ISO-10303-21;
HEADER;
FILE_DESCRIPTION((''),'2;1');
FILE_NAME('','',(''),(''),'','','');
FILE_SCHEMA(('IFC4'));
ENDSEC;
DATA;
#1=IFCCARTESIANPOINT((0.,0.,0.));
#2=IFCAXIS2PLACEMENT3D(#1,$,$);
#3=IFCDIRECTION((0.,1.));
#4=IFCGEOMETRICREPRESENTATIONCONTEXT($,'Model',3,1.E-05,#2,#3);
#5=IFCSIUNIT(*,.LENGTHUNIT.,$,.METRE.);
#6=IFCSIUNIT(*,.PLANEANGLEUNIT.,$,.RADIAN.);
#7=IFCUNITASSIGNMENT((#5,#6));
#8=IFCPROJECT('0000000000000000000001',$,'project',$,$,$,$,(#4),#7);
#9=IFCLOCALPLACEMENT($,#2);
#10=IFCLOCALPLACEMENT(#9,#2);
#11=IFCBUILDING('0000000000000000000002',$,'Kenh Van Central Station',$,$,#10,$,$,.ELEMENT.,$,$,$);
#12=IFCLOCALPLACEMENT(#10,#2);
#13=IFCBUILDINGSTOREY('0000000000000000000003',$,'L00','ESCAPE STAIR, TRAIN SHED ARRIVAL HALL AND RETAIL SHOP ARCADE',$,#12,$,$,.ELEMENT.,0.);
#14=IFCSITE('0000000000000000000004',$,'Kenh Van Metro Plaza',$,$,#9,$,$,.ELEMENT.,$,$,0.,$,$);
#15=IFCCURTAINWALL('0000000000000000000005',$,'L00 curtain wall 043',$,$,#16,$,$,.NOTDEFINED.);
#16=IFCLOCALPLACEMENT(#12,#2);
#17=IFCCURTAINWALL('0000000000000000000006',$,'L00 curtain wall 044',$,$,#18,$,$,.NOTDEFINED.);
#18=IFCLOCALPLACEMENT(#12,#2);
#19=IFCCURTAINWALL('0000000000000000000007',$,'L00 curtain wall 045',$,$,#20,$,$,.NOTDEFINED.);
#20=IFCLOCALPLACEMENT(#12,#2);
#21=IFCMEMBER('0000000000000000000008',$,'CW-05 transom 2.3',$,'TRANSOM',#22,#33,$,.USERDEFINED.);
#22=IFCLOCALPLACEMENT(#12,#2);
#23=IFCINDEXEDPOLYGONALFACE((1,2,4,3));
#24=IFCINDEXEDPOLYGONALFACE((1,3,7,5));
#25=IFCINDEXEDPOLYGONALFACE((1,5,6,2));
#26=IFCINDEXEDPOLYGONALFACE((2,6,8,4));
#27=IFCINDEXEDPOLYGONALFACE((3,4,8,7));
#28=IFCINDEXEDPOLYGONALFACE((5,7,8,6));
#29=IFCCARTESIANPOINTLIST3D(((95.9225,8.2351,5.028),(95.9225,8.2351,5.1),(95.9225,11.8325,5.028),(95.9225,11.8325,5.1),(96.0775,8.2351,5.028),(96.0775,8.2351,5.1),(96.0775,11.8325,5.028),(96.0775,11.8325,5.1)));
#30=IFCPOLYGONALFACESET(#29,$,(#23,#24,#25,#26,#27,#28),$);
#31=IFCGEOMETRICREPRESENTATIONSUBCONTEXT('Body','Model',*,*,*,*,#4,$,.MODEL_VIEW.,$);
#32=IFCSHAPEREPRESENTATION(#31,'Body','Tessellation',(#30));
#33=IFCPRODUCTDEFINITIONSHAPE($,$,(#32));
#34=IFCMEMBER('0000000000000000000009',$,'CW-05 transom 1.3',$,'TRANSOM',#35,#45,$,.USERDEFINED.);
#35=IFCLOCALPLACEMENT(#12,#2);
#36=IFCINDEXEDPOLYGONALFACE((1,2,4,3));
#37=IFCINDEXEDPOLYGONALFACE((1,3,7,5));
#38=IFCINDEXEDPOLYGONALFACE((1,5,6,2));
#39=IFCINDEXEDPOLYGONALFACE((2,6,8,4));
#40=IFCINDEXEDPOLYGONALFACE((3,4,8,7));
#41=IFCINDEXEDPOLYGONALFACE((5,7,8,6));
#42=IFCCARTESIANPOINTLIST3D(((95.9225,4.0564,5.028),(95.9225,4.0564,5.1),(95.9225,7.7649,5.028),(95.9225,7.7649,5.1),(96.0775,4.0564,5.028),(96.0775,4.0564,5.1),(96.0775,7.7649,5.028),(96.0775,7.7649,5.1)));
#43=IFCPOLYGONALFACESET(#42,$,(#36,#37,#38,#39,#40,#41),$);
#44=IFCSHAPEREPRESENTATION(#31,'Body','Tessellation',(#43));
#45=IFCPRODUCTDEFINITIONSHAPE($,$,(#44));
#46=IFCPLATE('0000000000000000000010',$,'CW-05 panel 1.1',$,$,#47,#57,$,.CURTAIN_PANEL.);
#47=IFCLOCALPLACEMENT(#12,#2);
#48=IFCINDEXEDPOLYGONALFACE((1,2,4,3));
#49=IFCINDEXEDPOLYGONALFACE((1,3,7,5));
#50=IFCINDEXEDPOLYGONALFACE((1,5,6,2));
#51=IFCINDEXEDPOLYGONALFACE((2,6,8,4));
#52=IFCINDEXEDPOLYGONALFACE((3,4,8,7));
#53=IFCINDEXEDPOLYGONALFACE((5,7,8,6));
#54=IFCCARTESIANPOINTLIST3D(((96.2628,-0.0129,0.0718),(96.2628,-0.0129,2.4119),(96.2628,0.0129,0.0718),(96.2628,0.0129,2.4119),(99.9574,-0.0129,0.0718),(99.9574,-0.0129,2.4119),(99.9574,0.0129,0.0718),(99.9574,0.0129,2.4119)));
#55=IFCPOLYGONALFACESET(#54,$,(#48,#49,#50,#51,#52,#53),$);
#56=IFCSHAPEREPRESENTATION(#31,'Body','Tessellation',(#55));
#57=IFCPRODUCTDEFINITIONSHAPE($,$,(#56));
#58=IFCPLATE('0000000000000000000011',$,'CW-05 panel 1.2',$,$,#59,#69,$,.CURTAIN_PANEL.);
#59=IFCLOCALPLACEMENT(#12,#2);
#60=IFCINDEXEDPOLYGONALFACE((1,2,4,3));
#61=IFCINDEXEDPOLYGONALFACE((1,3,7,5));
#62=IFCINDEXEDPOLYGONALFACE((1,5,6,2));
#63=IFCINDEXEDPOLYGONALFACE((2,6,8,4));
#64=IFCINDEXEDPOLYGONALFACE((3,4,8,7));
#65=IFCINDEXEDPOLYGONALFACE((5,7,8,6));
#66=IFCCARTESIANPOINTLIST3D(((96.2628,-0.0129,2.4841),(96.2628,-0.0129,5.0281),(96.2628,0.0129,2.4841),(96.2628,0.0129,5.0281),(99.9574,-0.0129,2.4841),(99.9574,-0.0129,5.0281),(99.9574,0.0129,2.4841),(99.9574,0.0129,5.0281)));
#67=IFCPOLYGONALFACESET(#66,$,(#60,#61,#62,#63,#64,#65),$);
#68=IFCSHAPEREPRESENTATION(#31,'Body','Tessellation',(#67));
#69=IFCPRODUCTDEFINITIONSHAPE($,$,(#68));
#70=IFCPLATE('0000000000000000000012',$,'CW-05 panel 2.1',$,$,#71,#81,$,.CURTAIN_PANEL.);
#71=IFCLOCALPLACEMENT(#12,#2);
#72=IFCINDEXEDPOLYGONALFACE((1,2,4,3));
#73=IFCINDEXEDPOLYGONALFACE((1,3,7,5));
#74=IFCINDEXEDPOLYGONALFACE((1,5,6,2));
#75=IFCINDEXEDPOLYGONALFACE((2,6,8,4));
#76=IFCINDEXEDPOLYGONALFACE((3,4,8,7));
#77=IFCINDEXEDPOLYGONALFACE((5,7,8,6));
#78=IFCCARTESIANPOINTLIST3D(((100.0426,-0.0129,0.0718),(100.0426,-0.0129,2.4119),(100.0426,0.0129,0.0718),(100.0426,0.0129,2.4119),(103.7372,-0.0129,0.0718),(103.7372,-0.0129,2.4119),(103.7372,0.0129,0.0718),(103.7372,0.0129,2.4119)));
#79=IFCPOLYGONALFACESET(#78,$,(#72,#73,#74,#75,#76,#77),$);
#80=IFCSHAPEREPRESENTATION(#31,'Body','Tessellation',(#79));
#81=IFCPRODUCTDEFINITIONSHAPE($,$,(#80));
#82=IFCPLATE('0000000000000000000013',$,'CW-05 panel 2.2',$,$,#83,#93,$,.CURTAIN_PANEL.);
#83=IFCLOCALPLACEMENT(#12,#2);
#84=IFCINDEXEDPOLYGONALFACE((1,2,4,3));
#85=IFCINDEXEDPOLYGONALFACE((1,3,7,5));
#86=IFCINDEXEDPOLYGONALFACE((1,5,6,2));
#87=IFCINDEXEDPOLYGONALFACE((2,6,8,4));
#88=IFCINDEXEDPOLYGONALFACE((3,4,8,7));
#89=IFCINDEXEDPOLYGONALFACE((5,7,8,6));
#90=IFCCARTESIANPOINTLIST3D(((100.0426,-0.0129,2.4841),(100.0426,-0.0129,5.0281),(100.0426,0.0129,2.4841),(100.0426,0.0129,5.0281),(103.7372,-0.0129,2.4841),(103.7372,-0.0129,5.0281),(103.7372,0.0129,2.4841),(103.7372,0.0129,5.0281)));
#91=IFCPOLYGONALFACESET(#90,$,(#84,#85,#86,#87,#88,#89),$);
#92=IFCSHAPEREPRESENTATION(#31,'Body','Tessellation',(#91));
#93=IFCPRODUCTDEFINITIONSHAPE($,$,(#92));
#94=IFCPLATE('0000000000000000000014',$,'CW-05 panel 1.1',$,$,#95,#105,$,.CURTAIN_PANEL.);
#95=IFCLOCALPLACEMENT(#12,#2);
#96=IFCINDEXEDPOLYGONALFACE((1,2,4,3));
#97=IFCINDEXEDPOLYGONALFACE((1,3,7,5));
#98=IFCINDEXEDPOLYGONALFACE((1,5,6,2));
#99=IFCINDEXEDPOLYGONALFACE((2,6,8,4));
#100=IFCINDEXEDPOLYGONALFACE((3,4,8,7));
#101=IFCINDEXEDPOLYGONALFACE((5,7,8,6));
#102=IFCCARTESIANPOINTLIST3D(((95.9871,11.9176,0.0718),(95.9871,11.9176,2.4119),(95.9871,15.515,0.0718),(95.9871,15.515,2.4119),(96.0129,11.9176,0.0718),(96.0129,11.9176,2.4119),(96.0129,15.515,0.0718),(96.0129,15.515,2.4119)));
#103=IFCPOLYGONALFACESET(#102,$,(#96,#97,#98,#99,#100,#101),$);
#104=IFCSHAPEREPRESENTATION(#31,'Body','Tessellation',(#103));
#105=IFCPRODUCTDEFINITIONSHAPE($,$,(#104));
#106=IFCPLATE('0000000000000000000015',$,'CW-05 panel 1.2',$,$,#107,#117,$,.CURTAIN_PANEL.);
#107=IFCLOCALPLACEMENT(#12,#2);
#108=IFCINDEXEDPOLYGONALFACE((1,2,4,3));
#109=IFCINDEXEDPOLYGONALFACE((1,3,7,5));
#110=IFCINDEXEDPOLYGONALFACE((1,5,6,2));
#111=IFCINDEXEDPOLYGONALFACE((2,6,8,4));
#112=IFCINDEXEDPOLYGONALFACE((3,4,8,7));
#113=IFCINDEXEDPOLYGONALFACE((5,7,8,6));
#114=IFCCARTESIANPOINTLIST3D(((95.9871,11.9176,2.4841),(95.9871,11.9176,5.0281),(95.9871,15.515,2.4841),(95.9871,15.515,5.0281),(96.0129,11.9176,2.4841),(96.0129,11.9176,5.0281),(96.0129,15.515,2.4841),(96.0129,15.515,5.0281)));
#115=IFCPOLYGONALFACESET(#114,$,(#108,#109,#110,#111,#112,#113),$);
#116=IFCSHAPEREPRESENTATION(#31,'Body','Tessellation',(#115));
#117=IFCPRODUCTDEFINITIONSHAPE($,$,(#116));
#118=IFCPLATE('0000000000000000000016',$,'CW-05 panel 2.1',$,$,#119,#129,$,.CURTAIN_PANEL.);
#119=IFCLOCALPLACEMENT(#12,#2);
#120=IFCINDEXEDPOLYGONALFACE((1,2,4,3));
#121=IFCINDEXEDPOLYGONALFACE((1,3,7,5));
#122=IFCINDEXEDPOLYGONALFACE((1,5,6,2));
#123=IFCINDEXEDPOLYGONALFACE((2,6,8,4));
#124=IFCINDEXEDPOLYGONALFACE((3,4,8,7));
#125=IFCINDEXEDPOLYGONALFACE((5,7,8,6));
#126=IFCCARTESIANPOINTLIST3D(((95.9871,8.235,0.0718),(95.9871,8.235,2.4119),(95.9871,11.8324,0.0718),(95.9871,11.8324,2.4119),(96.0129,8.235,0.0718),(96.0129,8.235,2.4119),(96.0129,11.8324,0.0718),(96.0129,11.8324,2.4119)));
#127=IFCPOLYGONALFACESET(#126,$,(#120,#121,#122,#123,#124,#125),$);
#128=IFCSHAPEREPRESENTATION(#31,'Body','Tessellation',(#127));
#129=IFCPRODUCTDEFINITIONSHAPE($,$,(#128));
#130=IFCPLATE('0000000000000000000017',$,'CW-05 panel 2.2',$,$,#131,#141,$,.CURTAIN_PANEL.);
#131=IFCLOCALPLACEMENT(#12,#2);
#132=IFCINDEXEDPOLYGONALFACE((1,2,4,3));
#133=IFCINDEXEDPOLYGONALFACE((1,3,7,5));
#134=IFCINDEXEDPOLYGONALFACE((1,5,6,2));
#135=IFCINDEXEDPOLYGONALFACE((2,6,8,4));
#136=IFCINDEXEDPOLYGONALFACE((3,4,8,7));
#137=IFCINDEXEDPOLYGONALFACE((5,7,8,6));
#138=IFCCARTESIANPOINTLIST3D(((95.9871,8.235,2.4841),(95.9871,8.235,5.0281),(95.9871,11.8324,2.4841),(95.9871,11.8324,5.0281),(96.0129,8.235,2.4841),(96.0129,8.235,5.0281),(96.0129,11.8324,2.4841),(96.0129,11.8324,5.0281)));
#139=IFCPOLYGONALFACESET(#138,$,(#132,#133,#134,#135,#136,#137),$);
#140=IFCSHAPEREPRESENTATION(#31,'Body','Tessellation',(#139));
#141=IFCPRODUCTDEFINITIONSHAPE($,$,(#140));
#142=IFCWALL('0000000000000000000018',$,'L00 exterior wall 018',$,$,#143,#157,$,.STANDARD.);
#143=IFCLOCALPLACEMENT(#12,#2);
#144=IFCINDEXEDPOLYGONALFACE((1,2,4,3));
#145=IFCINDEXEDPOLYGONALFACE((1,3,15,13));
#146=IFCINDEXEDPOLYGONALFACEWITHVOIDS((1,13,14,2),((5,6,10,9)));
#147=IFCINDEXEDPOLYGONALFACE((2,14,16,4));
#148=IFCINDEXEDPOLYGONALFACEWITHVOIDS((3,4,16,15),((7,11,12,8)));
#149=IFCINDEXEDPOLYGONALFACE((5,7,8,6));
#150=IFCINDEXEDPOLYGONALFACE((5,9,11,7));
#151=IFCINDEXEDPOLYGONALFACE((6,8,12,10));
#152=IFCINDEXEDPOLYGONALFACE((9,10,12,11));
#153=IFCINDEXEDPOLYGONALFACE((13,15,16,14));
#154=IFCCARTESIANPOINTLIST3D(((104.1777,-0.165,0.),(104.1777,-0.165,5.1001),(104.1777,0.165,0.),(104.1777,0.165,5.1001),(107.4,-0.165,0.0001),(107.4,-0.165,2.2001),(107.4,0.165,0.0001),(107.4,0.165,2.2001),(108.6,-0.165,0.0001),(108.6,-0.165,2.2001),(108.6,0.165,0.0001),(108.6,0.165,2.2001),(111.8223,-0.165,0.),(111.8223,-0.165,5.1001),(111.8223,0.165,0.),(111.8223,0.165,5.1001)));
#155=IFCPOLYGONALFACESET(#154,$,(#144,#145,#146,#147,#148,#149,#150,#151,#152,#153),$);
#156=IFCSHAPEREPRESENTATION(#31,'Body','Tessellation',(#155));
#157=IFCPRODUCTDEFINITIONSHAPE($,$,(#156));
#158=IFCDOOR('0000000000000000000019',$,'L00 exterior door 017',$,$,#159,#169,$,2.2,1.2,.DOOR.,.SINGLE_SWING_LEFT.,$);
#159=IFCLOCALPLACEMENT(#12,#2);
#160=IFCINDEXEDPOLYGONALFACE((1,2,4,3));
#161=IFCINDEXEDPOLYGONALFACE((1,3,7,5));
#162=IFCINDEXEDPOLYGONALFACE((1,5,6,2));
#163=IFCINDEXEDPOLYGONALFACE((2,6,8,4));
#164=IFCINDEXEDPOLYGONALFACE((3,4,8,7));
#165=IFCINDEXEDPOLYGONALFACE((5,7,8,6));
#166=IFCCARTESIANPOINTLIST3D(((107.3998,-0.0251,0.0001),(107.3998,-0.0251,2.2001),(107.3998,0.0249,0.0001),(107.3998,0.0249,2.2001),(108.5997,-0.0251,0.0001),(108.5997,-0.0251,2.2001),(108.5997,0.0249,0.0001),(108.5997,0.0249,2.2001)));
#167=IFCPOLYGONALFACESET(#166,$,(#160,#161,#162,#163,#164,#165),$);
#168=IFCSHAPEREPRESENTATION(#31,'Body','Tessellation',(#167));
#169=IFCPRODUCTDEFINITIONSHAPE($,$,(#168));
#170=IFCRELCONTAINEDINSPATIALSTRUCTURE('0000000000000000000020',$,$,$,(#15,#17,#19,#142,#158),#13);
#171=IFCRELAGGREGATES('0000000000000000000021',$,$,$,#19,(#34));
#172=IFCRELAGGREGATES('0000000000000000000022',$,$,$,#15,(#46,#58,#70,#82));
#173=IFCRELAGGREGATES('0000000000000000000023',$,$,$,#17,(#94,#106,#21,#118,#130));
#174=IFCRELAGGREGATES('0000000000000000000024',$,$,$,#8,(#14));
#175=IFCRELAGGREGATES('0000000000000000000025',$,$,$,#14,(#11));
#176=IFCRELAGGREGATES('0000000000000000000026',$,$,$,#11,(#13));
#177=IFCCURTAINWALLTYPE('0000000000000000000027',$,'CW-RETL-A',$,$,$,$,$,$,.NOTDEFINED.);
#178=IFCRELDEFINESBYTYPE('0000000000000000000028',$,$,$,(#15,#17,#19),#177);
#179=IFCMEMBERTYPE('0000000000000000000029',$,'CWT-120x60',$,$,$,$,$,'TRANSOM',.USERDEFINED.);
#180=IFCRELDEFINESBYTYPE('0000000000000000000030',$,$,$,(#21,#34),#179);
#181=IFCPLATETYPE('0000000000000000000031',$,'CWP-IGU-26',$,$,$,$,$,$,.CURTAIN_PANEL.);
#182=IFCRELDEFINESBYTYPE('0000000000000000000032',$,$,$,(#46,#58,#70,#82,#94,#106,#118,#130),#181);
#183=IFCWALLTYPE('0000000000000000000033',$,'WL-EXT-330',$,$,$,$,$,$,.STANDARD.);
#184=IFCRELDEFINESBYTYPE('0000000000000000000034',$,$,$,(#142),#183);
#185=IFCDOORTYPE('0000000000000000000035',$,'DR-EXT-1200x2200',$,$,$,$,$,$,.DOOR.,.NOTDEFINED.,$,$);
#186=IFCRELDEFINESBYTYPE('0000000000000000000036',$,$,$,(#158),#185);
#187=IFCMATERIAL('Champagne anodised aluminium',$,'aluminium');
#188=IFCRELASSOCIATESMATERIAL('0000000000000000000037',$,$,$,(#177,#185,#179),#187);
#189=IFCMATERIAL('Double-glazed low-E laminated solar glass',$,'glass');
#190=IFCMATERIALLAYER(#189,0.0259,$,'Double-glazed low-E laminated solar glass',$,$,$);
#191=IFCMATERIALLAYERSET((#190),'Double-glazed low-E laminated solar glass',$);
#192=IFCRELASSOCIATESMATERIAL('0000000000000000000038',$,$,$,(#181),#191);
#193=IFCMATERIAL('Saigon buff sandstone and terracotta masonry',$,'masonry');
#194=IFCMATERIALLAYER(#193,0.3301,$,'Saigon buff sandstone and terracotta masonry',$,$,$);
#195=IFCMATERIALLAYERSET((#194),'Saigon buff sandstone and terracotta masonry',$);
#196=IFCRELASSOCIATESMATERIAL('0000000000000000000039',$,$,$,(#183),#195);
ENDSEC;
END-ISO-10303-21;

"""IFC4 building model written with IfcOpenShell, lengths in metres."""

from ifc_helpers import new_model, si_unit, direction, frame, frame_2d, origin, origin_2d, place, context, subcontext, project, spatial, rectangle, extrude, material, layer, layer_set, material_profile, profile_set, type_object, element, fill, aggregate, save


model = new_model("IFC4")

# Units and contexts
model_context = context("Model", 3, precision=1e-05, world=origin(), true_north=direction((0.0, 1.0)))
body_context = subcontext(model_context, "Body", "Model", "MODEL_VIEW")
ifc_project = project(units=[si_unit("LENGTHUNIT", "METRE"), si_unit("PLANEANGLEUNIT", "RADIAN")], contexts=[model_context])

# Site, building, storey
site_placement = place(None, origin())
site = spatial("IfcSite", under=ifc_project, at=site_placement, Name="Kenh Van Metro Plaza", CompositionType="ELEMENT", RefElevation=0.0)
building_placement = place(site_placement, origin())
building = spatial("IfcBuilding", under=site, at=building_placement, Name="Kenh Van Central Station", CompositionType="ELEMENT")
storey_placement = place(building_placement, origin())
storey = spatial("IfcBuildingStorey", under=building, at=storey_placement, Name="L00", Description="ESCAPE STAIR, TRAIN SHED ARRIVAL HALL AND RETAIL SHOP ARCADE", CompositionType="ELEMENT", Elevation=0.0)

# Curtain walls
ifc_material_1 = material(Name="Champagne anodised aluminium", Category="aluminium")
curtain_wall_type = type_object("IfcCurtainWallType", Name="CW-RETL-A", PredefinedType="NOTDEFINED", material=ifc_material_1)
curtain_wall_1_placement = place(storey_placement, origin())
curtain_wall_1 = element("IfcCurtainWall", 1, at=curtain_wall_1_placement, inside=storey, type_object=curtain_wall_type, Name="L00 curtain wall 043", PredefinedType="NOTDEFINED")
curtain_wall_2_placement = place(storey_placement, origin())
curtain_wall_2 = element("IfcCurtainWall", 2, at=curtain_wall_2_placement, inside=storey, type_object=curtain_wall_type, Name="L00 curtain wall 044", PredefinedType="NOTDEFINED")

# Curtain wall
curtain_wall_3_placement = place(storey_placement, origin())
curtain_wall_3 = element("IfcCurtainWall", 3, at=curtain_wall_3_placement, inside=storey, type_object=curtain_wall_type, Name="L00 curtain wall 045", PredefinedType="NOTDEFINED")

# Members
ifc_material_profile_1 = material_profile(ifc_material_1, rectangle(XDim=0.155, YDim=0.072, at=origin_2d()), Name="AL 155x72")
ifc_profile_set_1 = profile_set([ifc_material_profile_1], Name="Champagne anodised aluminium")
member_type_1 = type_object("IfcMemberType", Name="CWT-120x60", ElementType="TRANSOM", PredefinedType="USERDEFINED", material=ifc_profile_set_1)
member_1_placement = place(storey_placement, frame((96.0, 11.8325, 5.064), z_axis=(0.0, -1.0, 0.0), x_axis=(1.0, 0.0, 0.0)))
member_1 = element("IfcMember", 4, at=member_1_placement, type_object=member_type_1, Name="CW-05 transom 2.3", ObjectType="TRANSOM", PredefinedType="USERDEFINED", context=body_context, shape_type="SweptSolid", body=[
    extrude(rectangle(XDim=0.155, YDim=0.072, at=origin_2d()), origin(), (0.0, 0.0, 1.0), 3.5974),
])
member_2_placement = place(storey_placement, frame((96.0, 7.7649, 5.064), z_axis=(0.0, -1.0, 0.0), x_axis=(1.0, 0.0, 0.0)))
member_2 = element("IfcMember", 5, at=member_2_placement, type_object=member_type_1, Name="CW-05 transom 1.3", ObjectType="TRANSOM", PredefinedType="USERDEFINED", context=body_context, shape_type="SweptSolid", body=[
    extrude(rectangle(XDim=0.155, YDim=0.072, at=origin_2d()), origin(), (0.0, 0.0, 1.0), 3.7085),
])
aggregate(curtain_wall_3, [member_2])

# Plates
ifc_material_2 = material(Name="Double-glazed low-E laminated solar glass", Category="glass")
ifc_layer_1 = layer(ifc_material_2, 0.0259, Name="Double-glazed low-E laminated solar glass")
ifc_layer_set_1 = layer_set([ifc_layer_1], Name="Double-glazed low-E laminated solar glass")
plate_type = type_object("IfcPlateType", Name="CWP-IGU-26", PredefinedType="CURTAIN_PANEL", material=ifc_layer_set_1)
plate_1_placement = place(storey_placement, frame((98.1101, 0.0, 0.0718), z_axis=(0.0, 0.0, 1.0), x_axis=(1.0, 0.0, 0.0)))
plate_1 = element("IfcPlate", 6, at=plate_1_placement, type_object=plate_type, Name="CW-05 panel 1.1", PredefinedType="CURTAIN_PANEL", context=body_context, shape_type="SweptSolid", body=[
    extrude(rectangle(XDim=3.6946, YDim=0.0259, at=origin_2d()), origin(), (0.0, 0.0, 1.0), 2.3401),
])
plate_2_placement = place(storey_placement, frame((98.1101, 0.0, 2.4841), z_axis=(0.0, 0.0, 1.0), x_axis=(1.0, 0.0, 0.0)))
plate_2 = element("IfcPlate", 7, at=plate_2_placement, type_object=plate_type, Name="CW-05 panel 1.2", PredefinedType="CURTAIN_PANEL", context=body_context, shape_type="SweptSolid", body=[
    extrude(rectangle(XDim=3.6946, YDim=0.0259, at=origin_2d()), origin(), (0.0, 0.0, 1.0), 2.5439),
])
plate_3_placement = place(storey_placement, frame((101.8899, 0.0, 0.0718), z_axis=(0.0, 0.0, 1.0), x_axis=(1.0, 0.0, 0.0)))
plate_3 = element("IfcPlate", 8, at=plate_3_placement, type_object=plate_type, Name="CW-05 panel 2.1", PredefinedType="CURTAIN_PANEL", context=body_context, shape_type="SweptSolid", body=[
    extrude(rectangle(XDim=3.6946, YDim=0.0259, at=origin_2d()), origin(), (0.0, 0.0, 1.0), 2.3401),
])
plate_4_placement = place(storey_placement, frame((101.8899, 0.0, 2.4841), z_axis=(0.0, 0.0, 1.0), x_axis=(1.0, 0.0, 0.0)))
plate_4 = element("IfcPlate", 9, at=plate_4_placement, type_object=plate_type, Name="CW-05 panel 2.2", PredefinedType="CURTAIN_PANEL", context=body_context, shape_type="SweptSolid", body=[
    extrude(rectangle(XDim=3.6946, YDim=0.0259, at=origin_2d()), origin(), (0.0, 0.0, 1.0), 2.5439),
])
aggregate(curtain_wall_1, [plate_1, plate_2, plate_3, plate_4])
plate_5_placement = place(storey_placement, frame((96.0, 13.7163, 0.0718), z_axis=(0.0, 0.0, 1.0), x_axis=(0.0, -1.0, 0.0)))
plate_5 = element("IfcPlate", 10, at=plate_5_placement, type_object=plate_type, Name="CW-05 panel 1.1", PredefinedType="CURTAIN_PANEL", context=body_context, shape_type="SweptSolid", body=[
    extrude(rectangle(XDim=3.5974, YDim=0.0259, at=origin_2d()), origin(), (0.0, 0.0, 1.0), 2.3401),
])
plate_6_placement = place(storey_placement, frame((96.0, 13.7163, 2.4841), z_axis=(0.0, 0.0, 1.0), x_axis=(0.0, -1.0, 0.0)))
plate_6 = element("IfcPlate", 11, at=plate_6_placement, type_object=plate_type, Name="CW-05 panel 1.2", PredefinedType="CURTAIN_PANEL", context=body_context, shape_type="SweptSolid", body=[
    extrude(rectangle(XDim=3.5974, YDim=0.0259, at=origin_2d()), origin(), (0.0, 0.0, 1.0), 2.5439),
])
plate_7_placement = place(storey_placement, frame((96.0, 10.0337, 0.0718), z_axis=(0.0, 0.0, 1.0), x_axis=(0.0, -1.0, 0.0)))
plate_7 = element("IfcPlate", 12, at=plate_7_placement, type_object=plate_type, Name="CW-05 panel 2.1", PredefinedType="CURTAIN_PANEL", context=body_context, shape_type="SweptSolid", body=[
    extrude(rectangle(XDim=3.5974, YDim=0.0259, at=origin_2d()), origin(), (0.0, 0.0, 1.0), 2.3401),
])
plate_8_placement = place(storey_placement, frame((96.0, 10.0337, 2.4841), z_axis=(0.0, 0.0, 1.0), x_axis=(0.0, -1.0, 0.0)))
plate_8 = element("IfcPlate", 13, at=plate_8_placement, type_object=plate_type, Name="CW-05 panel 2.2", PredefinedType="CURTAIN_PANEL", context=body_context, shape_type="SweptSolid", body=[
    extrude(rectangle(XDim=3.5974, YDim=0.0259, at=origin_2d()), origin(), (0.0, 0.0, 1.0), 2.5439),
])
aggregate(curtain_wall_2, [plate_5, plate_6, member_1, plate_7, plate_8])

# Wall, opening, door
ifc_material_3 = material(Name="Saigon buff sandstone and terracotta masonry", Category="masonry")
ifc_layer_2 = layer(ifc_material_3, 0.3301, Name="Saigon buff sandstone and terracotta masonry")
ifc_layer_set_2 = layer_set([ifc_layer_2], Name="Saigon buff sandstone and terracotta masonry")
wall_type = type_object("IfcWallType", Name="WL-EXT-330", PredefinedType="STANDARD", material=ifc_layer_set_2)
wall_placement = place(storey_placement, frame((104.1777, 0.0, 0.0), z_axis=(0.0, 0.0, 1.0), x_axis=(1.0, 0.0, 0.0)))
wall = element("IfcWall", 14, at=wall_placement, inside=storey, type_object=wall_type, Name="L00 exterior wall 018", PredefinedType="STANDARD", context=body_context, shape_type="SweptSolid", body=[
    extrude(rectangle(XDim=7.6445, YDim=0.3301, at=frame_2d((3.8223, 0.0))), origin(), (0.0, 0.0, 1.0), 5.1001),
])
opening_placement = place(wall_placement, frame((3.2222, 0.0, 0.0)))
opening = element("IfcOpeningElement", 15, at=opening_placement, cuts=wall, PredefinedType="OPENING", context=body_context, shape_type="SweptSolid", body=[
    extrude(rectangle(XDim=1.2, YDim=2.2, at=frame_2d((0.6001, 1.1001))), frame((0.0, 0.175, 0.0), z_axis=(0.0, -1.0, 0.0), x_axis=(1.0, 0.0, 0.0)), (0.0, 0.0, 1.0), 0.3501),
])
door_type = type_object("IfcDoorType", Name="DR-EXT-1200x2200", OperationType="NOTDEFINED", PredefinedType="DOOR", material=ifc_material_1)
door_placement = place(opening_placement, frame((1.2, 0.0, 0.0), z_axis=(0.0, 0.0, 1.0), x_axis=(-1.0, 0.0, 0.0)))
door = element("IfcDoor", 16, at=door_placement, inside=storey, type_object=door_type, Name="L00 exterior door 017", OperationType="SINGLE_SWING_LEFT", OverallHeight=2.2, OverallWidth=1.2, PredefinedType="DOOR", context=body_context, shape_type="SweptSolid", body=[
    extrude(rectangle(XDim=1.2, YDim=2.2, at=frame_2d((-0.6001, 1.1001))), frame((0.0, -0.0249, 0.0), z_axis=(0.0, 1.0, 0.0), x_axis=(-1.0, 0.0, 0.0)), (0.0, 0.0, 1.0), 0.05),
])
fill(opening, door)

save(model, "model.ifc")
